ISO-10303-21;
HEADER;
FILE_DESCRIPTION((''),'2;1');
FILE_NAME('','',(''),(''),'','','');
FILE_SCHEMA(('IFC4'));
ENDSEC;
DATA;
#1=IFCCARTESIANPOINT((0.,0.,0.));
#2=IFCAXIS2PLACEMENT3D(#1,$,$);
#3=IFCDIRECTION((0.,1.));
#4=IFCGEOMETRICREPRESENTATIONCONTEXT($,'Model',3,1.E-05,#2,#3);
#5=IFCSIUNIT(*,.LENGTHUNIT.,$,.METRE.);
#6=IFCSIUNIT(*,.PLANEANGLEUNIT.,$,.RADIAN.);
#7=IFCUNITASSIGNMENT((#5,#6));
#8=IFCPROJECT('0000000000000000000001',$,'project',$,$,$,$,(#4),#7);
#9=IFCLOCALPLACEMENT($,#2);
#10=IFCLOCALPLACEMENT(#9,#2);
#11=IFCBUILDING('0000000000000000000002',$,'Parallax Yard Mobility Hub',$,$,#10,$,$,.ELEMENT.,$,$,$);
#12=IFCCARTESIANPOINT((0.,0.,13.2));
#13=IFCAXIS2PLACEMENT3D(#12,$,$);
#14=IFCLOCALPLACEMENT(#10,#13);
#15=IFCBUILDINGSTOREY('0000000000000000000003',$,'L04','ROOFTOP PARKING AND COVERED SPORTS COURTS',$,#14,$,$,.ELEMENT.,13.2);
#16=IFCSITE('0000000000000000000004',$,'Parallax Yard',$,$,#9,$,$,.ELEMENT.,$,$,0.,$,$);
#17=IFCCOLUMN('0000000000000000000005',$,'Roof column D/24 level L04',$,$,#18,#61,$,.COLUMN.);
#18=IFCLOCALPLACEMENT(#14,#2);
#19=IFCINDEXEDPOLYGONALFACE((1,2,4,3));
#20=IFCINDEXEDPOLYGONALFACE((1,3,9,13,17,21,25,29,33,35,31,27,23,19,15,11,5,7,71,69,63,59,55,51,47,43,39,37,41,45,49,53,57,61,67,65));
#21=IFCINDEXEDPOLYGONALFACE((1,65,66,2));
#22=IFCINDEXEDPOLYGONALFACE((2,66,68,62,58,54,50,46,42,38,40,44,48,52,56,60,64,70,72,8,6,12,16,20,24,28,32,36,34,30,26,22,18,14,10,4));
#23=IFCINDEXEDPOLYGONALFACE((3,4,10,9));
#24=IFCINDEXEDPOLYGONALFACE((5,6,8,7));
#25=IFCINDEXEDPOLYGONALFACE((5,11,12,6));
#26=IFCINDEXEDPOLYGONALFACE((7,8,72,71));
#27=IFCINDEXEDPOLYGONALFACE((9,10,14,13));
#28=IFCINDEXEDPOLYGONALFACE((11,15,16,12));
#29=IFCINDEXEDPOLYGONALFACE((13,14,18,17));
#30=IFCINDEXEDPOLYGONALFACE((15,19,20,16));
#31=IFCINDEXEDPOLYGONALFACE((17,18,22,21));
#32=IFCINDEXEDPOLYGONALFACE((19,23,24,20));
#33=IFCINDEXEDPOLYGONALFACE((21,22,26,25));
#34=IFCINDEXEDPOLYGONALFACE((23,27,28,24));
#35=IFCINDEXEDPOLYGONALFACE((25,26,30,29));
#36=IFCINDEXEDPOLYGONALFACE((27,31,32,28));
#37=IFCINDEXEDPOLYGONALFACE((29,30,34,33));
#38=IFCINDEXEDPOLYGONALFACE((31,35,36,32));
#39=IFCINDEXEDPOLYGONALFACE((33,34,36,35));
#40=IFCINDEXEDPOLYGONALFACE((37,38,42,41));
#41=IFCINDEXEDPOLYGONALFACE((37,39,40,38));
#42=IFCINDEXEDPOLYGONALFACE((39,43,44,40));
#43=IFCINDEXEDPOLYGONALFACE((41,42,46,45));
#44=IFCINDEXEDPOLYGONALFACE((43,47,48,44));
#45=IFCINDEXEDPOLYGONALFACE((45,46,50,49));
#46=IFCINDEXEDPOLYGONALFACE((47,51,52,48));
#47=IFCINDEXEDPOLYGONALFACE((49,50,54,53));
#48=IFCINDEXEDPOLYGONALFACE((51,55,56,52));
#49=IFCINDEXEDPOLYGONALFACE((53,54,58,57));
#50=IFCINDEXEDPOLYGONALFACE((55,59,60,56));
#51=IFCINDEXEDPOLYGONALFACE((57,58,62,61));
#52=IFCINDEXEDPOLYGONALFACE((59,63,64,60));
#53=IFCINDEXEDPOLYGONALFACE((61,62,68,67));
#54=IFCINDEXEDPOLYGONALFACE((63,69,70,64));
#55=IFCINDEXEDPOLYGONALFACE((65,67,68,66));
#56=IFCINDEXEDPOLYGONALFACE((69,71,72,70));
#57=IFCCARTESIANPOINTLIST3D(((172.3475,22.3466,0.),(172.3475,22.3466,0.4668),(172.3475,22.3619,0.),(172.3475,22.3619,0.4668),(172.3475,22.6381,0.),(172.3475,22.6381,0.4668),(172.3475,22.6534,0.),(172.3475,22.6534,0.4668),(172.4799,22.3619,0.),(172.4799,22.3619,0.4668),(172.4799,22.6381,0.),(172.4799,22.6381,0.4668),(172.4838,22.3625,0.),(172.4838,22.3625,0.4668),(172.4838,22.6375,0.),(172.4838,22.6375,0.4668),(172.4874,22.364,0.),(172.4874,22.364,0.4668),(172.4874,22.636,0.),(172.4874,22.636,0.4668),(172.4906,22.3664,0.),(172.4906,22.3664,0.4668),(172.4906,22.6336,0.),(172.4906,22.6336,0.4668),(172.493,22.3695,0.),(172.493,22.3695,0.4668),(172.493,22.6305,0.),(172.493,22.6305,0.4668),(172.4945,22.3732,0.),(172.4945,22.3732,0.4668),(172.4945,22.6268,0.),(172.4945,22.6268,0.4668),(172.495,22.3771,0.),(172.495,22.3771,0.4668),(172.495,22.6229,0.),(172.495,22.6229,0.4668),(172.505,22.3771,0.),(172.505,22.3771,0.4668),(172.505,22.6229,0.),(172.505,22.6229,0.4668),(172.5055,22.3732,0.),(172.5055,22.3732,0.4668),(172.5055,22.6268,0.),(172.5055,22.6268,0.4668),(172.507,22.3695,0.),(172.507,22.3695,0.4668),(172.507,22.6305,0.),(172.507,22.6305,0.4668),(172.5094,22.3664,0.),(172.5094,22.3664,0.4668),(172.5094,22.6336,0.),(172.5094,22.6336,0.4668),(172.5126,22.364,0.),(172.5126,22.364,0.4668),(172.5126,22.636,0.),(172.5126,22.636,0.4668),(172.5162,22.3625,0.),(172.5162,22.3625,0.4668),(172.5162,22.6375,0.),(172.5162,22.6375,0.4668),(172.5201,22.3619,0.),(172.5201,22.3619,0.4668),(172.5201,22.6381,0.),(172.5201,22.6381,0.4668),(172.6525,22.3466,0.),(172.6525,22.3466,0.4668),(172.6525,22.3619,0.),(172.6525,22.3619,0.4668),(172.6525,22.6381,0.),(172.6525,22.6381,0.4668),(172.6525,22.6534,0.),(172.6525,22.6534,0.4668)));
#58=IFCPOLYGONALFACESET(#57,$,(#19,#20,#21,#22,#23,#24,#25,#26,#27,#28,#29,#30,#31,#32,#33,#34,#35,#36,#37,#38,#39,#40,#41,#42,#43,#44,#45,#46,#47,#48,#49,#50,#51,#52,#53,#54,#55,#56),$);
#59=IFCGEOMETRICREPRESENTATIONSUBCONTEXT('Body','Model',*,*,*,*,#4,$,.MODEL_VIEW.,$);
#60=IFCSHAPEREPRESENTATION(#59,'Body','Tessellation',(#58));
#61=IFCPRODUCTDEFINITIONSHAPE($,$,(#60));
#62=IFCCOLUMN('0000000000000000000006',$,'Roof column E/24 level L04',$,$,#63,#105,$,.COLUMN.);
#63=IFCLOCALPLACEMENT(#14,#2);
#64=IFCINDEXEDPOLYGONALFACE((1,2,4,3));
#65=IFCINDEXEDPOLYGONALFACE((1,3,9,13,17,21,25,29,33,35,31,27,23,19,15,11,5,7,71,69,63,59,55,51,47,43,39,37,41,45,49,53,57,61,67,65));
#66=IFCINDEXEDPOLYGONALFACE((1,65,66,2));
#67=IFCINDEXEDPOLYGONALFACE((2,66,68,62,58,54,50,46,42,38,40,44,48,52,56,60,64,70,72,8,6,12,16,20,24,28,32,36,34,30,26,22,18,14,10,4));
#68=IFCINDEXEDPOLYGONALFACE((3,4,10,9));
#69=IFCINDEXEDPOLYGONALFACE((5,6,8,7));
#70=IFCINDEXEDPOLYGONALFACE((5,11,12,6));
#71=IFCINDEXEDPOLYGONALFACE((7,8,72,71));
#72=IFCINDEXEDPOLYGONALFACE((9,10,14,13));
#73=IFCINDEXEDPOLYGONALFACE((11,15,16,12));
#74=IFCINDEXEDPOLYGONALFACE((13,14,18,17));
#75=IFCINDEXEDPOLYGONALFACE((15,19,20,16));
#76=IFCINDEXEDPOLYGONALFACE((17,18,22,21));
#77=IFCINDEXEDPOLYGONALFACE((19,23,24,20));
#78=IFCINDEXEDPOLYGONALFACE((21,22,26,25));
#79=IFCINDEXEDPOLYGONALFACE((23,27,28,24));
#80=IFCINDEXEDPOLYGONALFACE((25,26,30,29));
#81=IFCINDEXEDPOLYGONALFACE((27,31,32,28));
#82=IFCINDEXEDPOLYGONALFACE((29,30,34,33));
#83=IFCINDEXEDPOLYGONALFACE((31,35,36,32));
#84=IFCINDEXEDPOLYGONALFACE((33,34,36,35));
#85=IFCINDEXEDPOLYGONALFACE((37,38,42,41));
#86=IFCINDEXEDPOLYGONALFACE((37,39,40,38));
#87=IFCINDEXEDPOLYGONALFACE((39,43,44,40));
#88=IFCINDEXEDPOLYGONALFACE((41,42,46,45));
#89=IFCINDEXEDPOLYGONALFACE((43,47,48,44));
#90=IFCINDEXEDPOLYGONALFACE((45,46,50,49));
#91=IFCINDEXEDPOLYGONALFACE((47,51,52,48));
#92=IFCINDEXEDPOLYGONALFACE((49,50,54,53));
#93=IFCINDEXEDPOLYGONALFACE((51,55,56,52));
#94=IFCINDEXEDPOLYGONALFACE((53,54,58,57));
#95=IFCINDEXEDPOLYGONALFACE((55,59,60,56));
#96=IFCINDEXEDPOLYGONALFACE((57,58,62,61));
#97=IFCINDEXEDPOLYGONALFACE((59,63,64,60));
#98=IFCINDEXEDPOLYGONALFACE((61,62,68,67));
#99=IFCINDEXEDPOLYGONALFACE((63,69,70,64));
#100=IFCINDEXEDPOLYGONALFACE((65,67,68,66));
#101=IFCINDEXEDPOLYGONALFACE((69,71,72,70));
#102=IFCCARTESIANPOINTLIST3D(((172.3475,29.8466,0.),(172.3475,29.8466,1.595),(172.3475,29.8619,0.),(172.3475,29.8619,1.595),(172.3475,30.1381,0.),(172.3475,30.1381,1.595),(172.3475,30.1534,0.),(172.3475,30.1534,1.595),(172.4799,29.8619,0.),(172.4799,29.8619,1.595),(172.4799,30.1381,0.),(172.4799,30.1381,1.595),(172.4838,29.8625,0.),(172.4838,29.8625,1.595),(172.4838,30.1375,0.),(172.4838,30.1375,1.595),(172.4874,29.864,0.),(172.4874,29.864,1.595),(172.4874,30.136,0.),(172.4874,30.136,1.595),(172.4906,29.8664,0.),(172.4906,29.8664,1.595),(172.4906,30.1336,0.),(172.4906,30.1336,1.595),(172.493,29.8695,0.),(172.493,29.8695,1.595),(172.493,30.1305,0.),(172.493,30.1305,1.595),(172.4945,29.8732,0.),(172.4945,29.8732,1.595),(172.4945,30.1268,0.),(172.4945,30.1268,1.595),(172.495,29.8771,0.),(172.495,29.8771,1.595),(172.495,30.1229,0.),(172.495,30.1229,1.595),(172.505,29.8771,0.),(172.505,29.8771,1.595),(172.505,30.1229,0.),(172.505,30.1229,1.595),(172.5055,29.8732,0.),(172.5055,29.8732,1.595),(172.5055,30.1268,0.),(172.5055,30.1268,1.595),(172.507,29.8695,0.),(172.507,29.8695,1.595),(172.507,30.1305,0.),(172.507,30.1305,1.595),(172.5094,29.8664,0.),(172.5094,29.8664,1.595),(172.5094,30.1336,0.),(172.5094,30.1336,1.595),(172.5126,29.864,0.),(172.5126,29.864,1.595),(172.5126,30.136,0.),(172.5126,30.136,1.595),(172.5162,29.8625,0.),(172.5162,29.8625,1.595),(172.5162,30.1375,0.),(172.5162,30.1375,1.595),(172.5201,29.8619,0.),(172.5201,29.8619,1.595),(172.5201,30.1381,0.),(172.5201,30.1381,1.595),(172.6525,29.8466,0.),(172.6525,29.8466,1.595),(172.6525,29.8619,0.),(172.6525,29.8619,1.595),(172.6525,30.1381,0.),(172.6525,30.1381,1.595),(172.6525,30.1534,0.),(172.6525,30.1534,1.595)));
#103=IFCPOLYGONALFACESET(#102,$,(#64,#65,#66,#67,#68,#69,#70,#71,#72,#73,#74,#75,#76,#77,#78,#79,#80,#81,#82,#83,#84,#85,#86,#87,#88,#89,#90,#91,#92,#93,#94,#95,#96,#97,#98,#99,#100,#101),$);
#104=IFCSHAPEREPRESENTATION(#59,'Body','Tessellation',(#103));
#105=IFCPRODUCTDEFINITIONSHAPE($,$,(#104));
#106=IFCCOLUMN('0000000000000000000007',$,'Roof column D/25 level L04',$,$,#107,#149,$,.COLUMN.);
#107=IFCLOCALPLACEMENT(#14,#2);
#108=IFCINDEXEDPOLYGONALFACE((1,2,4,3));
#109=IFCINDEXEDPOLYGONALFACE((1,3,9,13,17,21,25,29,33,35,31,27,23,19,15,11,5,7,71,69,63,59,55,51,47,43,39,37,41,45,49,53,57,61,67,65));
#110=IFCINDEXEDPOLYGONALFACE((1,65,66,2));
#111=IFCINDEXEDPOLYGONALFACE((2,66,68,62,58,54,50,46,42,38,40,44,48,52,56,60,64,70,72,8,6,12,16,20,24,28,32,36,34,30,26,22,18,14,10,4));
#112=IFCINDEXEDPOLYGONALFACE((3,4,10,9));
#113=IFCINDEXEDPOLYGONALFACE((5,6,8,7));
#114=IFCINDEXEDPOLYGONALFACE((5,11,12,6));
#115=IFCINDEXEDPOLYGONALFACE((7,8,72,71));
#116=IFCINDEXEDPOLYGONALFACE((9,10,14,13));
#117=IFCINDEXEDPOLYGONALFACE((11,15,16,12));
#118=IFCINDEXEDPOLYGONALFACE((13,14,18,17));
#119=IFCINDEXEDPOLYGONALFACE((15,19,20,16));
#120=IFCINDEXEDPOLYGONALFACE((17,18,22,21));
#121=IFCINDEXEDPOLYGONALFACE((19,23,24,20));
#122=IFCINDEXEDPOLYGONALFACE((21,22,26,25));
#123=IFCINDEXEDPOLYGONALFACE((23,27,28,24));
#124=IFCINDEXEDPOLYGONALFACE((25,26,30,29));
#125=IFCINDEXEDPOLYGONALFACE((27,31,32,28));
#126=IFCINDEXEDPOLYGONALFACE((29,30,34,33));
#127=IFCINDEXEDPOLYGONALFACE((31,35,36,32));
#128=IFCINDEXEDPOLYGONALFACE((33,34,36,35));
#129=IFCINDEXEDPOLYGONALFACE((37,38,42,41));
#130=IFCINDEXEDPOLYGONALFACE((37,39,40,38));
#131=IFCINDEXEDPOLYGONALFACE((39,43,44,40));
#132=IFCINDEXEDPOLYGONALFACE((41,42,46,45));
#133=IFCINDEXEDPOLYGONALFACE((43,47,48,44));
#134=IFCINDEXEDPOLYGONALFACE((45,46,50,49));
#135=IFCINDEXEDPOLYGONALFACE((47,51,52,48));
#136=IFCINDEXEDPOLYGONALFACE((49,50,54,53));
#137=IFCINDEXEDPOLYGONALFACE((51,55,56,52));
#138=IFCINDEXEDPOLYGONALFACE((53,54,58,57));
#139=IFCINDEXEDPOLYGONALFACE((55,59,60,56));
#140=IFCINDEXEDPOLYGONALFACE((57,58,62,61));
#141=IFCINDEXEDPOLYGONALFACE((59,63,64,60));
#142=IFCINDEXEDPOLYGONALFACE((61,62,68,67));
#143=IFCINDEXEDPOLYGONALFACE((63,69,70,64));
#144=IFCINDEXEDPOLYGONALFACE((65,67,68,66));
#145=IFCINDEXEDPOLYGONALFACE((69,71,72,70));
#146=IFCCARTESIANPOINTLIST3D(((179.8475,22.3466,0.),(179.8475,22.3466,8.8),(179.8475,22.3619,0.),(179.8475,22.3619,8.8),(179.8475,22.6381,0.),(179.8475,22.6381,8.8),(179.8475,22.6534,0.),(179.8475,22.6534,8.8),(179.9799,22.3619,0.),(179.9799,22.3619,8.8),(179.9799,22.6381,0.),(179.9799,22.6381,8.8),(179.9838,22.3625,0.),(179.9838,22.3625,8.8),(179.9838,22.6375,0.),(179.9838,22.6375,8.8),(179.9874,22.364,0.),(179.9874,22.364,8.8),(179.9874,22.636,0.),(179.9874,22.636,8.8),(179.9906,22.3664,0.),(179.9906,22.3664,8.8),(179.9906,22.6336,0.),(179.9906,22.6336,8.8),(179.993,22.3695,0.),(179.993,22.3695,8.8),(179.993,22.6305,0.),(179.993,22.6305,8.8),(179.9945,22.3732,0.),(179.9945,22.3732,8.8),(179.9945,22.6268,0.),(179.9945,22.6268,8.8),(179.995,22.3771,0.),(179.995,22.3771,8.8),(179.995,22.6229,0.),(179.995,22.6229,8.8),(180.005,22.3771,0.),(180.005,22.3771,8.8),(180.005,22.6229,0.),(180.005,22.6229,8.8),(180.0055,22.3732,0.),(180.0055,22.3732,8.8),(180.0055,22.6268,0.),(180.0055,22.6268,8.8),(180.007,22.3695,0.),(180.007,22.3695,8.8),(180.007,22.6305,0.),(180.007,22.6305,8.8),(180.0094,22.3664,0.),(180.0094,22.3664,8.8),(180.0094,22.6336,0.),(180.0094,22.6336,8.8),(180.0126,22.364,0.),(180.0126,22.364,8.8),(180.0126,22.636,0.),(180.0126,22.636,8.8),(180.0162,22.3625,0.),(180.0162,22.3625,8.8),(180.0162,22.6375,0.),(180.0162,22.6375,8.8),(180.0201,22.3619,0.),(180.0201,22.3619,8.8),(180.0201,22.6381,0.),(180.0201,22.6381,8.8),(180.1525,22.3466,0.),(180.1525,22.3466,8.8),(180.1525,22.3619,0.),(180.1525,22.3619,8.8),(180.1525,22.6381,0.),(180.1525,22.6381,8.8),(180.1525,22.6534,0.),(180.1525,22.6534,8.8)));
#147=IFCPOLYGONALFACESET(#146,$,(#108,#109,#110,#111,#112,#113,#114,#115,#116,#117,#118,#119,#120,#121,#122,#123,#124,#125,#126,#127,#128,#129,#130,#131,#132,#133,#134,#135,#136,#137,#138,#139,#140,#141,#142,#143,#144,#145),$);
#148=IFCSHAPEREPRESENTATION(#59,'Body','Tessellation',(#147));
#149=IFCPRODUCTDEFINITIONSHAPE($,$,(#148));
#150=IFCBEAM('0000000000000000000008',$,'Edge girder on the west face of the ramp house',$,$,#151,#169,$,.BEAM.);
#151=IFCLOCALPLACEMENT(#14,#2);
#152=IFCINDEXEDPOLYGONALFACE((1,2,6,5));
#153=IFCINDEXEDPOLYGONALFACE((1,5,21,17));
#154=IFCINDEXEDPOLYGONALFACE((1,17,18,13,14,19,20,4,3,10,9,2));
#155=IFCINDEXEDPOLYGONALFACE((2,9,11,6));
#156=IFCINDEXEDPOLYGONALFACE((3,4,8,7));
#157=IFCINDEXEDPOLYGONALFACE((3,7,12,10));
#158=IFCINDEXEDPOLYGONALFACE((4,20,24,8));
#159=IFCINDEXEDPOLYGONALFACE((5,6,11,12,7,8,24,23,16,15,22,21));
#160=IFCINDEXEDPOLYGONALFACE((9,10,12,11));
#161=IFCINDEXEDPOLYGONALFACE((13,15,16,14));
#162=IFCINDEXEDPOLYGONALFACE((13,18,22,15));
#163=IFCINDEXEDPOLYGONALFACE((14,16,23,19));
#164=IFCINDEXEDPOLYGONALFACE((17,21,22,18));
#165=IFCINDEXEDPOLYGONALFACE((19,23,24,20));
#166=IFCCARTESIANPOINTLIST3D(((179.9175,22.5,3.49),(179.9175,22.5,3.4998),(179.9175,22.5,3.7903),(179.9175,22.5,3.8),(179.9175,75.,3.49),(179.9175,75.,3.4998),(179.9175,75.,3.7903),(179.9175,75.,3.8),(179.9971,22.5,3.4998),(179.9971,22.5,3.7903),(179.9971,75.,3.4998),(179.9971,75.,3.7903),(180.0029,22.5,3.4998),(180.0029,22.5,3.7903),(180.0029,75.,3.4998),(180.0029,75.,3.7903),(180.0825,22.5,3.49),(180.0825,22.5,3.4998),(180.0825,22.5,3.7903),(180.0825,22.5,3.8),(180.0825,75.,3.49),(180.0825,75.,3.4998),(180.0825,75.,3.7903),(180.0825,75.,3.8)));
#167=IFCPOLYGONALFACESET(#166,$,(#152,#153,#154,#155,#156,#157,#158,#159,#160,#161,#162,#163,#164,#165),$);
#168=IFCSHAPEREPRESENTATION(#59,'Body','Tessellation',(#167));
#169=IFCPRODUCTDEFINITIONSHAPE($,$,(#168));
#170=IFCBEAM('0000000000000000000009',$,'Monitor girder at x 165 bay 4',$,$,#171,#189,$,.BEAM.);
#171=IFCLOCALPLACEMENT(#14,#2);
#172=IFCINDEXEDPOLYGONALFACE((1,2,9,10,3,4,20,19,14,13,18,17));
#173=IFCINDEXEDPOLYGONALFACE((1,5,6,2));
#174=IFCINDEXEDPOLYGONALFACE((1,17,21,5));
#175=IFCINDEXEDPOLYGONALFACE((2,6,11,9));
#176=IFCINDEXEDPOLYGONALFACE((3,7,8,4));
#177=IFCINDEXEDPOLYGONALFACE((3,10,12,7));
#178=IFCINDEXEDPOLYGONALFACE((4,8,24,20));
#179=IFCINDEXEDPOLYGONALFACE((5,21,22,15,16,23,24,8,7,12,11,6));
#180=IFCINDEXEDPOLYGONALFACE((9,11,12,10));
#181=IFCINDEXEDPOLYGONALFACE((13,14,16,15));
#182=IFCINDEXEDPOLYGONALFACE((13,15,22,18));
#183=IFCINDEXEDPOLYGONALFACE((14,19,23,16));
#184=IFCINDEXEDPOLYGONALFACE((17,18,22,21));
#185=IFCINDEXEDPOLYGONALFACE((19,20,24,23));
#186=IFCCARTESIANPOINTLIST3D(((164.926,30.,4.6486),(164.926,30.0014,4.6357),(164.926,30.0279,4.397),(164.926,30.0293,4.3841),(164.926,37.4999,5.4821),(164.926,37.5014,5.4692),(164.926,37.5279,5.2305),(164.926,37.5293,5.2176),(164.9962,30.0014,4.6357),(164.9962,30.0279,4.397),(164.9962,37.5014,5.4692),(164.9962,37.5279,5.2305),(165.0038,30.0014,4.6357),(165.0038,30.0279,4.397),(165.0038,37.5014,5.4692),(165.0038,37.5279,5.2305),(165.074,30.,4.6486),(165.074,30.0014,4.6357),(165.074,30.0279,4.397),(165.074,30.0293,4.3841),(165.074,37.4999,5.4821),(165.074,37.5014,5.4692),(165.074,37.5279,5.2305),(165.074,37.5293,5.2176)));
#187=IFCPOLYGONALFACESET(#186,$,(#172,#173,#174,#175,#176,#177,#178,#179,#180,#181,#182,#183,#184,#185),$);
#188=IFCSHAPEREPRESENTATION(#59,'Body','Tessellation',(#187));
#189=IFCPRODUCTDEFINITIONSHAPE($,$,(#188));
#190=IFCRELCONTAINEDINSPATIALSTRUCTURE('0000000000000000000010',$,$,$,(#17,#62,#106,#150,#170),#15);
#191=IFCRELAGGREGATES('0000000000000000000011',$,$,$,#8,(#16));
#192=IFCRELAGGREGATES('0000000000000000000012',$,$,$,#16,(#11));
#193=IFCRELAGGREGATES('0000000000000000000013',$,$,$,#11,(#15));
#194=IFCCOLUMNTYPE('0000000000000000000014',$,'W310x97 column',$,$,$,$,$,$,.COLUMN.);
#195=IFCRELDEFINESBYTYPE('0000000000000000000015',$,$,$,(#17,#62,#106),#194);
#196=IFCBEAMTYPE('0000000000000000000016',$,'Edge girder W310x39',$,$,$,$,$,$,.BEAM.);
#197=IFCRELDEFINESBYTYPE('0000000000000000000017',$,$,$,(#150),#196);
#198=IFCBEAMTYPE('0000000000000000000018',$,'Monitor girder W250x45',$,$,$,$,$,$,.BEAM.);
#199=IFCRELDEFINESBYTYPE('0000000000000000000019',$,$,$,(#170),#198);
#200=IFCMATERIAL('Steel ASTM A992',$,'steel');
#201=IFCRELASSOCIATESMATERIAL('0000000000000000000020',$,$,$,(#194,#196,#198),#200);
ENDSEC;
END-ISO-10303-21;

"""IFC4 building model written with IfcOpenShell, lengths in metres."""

from ifc_helpers import new_model, si_unit, direction, frame, origin, origin_2d, place, context, subcontext, project, spatial, i_section, extrude, material, material_profile, profile_set, type_object, element, save


model = new_model("IFC4")

# Units and contexts
model_context = context("Model", 3, precision=1e-05, world=origin(), true_north=direction((0.0, 1.0)))
body_context = subcontext(model_context, "Body", "Model", "MODEL_VIEW")
ifc_project = project(units=[si_unit("LENGTHUNIT", "METRE"), si_unit("PLANEANGLEUNIT", "RADIAN")], contexts=[model_context])

# Site, building, storey
site_placement = place(None, origin())
site = spatial("IfcSite", under=ifc_project, at=site_placement, Name="Parallax Yard", CompositionType="ELEMENT", RefElevation=0.0)
building_placement = place(site_placement, origin())
building = spatial("IfcBuilding", under=site, at=building_placement, Name="Parallax Yard Mobility Hub", CompositionType="ELEMENT")
storey_placement = place(building_placement, frame((0.0, 0.0, 13.2)))
storey = spatial("IfcBuildingStorey", under=building, at=storey_placement, Name="L04", Description="ROOFTOP PARKING AND COVERED SPORTS COURTS", CompositionType="ELEMENT", Elevation=13.2)

# Columns
ifc_material_1 = material(Name="Steel ASTM A992", Category="steel")
ifc_material_profile_1 = material_profile(ifc_material_1, i_section(OverallWidth=0.3049, OverallDepth=0.3069, WebThickness=0.01, FlangeThickness=0.0154, FilletRadius=0.0151, at=origin_2d()), Name="W310x97")
ifc_profile_set_1 = profile_set([ifc_material_profile_1], Name="Steel ASTM A992")
column_type = type_object("IfcColumnType", Name="W310x97 column", PredefinedType="COLUMN", material=ifc_profile_set_1)
column_1_placement = place(storey_placement, frame((172.5, 22.5, 0.0), z_axis=(0.0, 0.0, 1.0), x_axis=(1.0, 0.0, 0.0)))
element("IfcColumn", 1, at=column_1_placement, inside=storey, type_object=column_type, Name="Roof column D/24 level L04", PredefinedType="COLUMN", context=body_context, shape_type="SweptSolid", body=[
    extrude(i_section(OverallWidth=0.3049, OverallDepth=0.3069, WebThickness=0.01, FlangeThickness=0.0154, FilletRadius=0.0151, at=origin_2d()), origin(), (0.0, 0.0, 1.0), 0.4668),
])
column_2_placement = place(storey_placement, frame((172.5, 30.0, 0.0), z_axis=(0.0, 0.0, 1.0), x_axis=(1.0, 0.0, 0.0)))
element("IfcColumn", 2, at=column_2_placement, inside=storey, type_object=column_type, Name="Roof column E/24 level L04", PredefinedType="COLUMN", context=body_context, shape_type="SweptSolid", body=[
    extrude(i_section(OverallWidth=0.3049, OverallDepth=0.3069, WebThickness=0.01, FlangeThickness=0.0154, FilletRadius=0.0151, at=origin_2d()), origin(), (0.0, 0.0, 1.0), 1.595),
])
column_3_placement = place(storey_placement, frame((180.0, 22.5, 0.0), z_axis=(0.0, 0.0, 1.0), x_axis=(1.0, 0.0, 0.0)))
element("IfcColumn", 3, at=column_3_placement, inside=storey, type_object=column_type, Name="Roof column D/25 level L04", PredefinedType="COLUMN", context=body_context, shape_type="SweptSolid", body=[
    extrude(i_section(OverallWidth=0.3049, OverallDepth=0.3069, WebThickness=0.01, FlangeThickness=0.0154, FilletRadius=0.0151, at=origin_2d()), origin(), (0.0, 0.0, 1.0), 8.8),
])

# Beams
ifc_material_profile_2 = material_profile(ifc_material_1, i_section(OverallWidth=0.165, OverallDepth=0.3101, WebThickness=0.0059, FlangeThickness=0.0098, at=origin_2d()), Name="W310x39")
ifc_profile_set_2 = profile_set([ifc_material_profile_2], Name="Steel ASTM A992")
beam_type_1 = type_object("IfcBeamType", Name="Edge girder W310x39", PredefinedType="BEAM", material=ifc_profile_set_2)
beam_1_placement = place(storey_placement, frame((180.0, 22.5, 3.645), z_axis=(0.0, 1.0, 0.0), x_axis=(-1.0, 0.0, 0.0)))
element("IfcBeam", 4, at=beam_1_placement, inside=storey, type_object=beam_type_1, Name="Edge girder on the west face of the ramp house", PredefinedType="BEAM", context=body_context, shape_type="SweptSolid", body=[
    extrude(i_section(OverallWidth=0.165, OverallDepth=0.3101, WebThickness=0.0059, FlangeThickness=0.0098, at=origin_2d()), origin(), (0.0, 0.0, 1.0), 52.5),
])
ifc_material_profile_3 = material_profile(ifc_material_1, i_section(OverallWidth=0.1479, OverallDepth=0.2661, WebThickness=0.0076, FlangeThickness=0.0129, at=origin_2d()), Name="W250x45")
ifc_profile_set_3 = profile_set([ifc_material_profile_3], Name="Steel ASTM A992")
beam_type_2 = type_object("IfcBeamType", Name="Monitor girder W250x45", PredefinedType="BEAM", material=ifc_profile_set_3)
beam_2_placement = place(storey_placement, frame((165.0, 30.0146, 4.5164), z_axis=(0.0, 0.993881, 0.110453), x_axis=(-1.0, 0.0, 0.0)))
element("IfcBeam", 5, at=beam_2_placement, inside=storey, type_object=beam_type_2, Name="Monitor girder at x 165 bay 4", PredefinedType="BEAM", context=body_context, shape_type="SweptSolid", body=[
    extrude(i_section(OverallWidth=0.1479, OverallDepth=0.2661, WebThickness=0.0076, FlangeThickness=0.0129, at=origin_2d()), origin(), (0.0, 0.0, 1.0), 7.5461),
])

save(model, "model.ifc")
